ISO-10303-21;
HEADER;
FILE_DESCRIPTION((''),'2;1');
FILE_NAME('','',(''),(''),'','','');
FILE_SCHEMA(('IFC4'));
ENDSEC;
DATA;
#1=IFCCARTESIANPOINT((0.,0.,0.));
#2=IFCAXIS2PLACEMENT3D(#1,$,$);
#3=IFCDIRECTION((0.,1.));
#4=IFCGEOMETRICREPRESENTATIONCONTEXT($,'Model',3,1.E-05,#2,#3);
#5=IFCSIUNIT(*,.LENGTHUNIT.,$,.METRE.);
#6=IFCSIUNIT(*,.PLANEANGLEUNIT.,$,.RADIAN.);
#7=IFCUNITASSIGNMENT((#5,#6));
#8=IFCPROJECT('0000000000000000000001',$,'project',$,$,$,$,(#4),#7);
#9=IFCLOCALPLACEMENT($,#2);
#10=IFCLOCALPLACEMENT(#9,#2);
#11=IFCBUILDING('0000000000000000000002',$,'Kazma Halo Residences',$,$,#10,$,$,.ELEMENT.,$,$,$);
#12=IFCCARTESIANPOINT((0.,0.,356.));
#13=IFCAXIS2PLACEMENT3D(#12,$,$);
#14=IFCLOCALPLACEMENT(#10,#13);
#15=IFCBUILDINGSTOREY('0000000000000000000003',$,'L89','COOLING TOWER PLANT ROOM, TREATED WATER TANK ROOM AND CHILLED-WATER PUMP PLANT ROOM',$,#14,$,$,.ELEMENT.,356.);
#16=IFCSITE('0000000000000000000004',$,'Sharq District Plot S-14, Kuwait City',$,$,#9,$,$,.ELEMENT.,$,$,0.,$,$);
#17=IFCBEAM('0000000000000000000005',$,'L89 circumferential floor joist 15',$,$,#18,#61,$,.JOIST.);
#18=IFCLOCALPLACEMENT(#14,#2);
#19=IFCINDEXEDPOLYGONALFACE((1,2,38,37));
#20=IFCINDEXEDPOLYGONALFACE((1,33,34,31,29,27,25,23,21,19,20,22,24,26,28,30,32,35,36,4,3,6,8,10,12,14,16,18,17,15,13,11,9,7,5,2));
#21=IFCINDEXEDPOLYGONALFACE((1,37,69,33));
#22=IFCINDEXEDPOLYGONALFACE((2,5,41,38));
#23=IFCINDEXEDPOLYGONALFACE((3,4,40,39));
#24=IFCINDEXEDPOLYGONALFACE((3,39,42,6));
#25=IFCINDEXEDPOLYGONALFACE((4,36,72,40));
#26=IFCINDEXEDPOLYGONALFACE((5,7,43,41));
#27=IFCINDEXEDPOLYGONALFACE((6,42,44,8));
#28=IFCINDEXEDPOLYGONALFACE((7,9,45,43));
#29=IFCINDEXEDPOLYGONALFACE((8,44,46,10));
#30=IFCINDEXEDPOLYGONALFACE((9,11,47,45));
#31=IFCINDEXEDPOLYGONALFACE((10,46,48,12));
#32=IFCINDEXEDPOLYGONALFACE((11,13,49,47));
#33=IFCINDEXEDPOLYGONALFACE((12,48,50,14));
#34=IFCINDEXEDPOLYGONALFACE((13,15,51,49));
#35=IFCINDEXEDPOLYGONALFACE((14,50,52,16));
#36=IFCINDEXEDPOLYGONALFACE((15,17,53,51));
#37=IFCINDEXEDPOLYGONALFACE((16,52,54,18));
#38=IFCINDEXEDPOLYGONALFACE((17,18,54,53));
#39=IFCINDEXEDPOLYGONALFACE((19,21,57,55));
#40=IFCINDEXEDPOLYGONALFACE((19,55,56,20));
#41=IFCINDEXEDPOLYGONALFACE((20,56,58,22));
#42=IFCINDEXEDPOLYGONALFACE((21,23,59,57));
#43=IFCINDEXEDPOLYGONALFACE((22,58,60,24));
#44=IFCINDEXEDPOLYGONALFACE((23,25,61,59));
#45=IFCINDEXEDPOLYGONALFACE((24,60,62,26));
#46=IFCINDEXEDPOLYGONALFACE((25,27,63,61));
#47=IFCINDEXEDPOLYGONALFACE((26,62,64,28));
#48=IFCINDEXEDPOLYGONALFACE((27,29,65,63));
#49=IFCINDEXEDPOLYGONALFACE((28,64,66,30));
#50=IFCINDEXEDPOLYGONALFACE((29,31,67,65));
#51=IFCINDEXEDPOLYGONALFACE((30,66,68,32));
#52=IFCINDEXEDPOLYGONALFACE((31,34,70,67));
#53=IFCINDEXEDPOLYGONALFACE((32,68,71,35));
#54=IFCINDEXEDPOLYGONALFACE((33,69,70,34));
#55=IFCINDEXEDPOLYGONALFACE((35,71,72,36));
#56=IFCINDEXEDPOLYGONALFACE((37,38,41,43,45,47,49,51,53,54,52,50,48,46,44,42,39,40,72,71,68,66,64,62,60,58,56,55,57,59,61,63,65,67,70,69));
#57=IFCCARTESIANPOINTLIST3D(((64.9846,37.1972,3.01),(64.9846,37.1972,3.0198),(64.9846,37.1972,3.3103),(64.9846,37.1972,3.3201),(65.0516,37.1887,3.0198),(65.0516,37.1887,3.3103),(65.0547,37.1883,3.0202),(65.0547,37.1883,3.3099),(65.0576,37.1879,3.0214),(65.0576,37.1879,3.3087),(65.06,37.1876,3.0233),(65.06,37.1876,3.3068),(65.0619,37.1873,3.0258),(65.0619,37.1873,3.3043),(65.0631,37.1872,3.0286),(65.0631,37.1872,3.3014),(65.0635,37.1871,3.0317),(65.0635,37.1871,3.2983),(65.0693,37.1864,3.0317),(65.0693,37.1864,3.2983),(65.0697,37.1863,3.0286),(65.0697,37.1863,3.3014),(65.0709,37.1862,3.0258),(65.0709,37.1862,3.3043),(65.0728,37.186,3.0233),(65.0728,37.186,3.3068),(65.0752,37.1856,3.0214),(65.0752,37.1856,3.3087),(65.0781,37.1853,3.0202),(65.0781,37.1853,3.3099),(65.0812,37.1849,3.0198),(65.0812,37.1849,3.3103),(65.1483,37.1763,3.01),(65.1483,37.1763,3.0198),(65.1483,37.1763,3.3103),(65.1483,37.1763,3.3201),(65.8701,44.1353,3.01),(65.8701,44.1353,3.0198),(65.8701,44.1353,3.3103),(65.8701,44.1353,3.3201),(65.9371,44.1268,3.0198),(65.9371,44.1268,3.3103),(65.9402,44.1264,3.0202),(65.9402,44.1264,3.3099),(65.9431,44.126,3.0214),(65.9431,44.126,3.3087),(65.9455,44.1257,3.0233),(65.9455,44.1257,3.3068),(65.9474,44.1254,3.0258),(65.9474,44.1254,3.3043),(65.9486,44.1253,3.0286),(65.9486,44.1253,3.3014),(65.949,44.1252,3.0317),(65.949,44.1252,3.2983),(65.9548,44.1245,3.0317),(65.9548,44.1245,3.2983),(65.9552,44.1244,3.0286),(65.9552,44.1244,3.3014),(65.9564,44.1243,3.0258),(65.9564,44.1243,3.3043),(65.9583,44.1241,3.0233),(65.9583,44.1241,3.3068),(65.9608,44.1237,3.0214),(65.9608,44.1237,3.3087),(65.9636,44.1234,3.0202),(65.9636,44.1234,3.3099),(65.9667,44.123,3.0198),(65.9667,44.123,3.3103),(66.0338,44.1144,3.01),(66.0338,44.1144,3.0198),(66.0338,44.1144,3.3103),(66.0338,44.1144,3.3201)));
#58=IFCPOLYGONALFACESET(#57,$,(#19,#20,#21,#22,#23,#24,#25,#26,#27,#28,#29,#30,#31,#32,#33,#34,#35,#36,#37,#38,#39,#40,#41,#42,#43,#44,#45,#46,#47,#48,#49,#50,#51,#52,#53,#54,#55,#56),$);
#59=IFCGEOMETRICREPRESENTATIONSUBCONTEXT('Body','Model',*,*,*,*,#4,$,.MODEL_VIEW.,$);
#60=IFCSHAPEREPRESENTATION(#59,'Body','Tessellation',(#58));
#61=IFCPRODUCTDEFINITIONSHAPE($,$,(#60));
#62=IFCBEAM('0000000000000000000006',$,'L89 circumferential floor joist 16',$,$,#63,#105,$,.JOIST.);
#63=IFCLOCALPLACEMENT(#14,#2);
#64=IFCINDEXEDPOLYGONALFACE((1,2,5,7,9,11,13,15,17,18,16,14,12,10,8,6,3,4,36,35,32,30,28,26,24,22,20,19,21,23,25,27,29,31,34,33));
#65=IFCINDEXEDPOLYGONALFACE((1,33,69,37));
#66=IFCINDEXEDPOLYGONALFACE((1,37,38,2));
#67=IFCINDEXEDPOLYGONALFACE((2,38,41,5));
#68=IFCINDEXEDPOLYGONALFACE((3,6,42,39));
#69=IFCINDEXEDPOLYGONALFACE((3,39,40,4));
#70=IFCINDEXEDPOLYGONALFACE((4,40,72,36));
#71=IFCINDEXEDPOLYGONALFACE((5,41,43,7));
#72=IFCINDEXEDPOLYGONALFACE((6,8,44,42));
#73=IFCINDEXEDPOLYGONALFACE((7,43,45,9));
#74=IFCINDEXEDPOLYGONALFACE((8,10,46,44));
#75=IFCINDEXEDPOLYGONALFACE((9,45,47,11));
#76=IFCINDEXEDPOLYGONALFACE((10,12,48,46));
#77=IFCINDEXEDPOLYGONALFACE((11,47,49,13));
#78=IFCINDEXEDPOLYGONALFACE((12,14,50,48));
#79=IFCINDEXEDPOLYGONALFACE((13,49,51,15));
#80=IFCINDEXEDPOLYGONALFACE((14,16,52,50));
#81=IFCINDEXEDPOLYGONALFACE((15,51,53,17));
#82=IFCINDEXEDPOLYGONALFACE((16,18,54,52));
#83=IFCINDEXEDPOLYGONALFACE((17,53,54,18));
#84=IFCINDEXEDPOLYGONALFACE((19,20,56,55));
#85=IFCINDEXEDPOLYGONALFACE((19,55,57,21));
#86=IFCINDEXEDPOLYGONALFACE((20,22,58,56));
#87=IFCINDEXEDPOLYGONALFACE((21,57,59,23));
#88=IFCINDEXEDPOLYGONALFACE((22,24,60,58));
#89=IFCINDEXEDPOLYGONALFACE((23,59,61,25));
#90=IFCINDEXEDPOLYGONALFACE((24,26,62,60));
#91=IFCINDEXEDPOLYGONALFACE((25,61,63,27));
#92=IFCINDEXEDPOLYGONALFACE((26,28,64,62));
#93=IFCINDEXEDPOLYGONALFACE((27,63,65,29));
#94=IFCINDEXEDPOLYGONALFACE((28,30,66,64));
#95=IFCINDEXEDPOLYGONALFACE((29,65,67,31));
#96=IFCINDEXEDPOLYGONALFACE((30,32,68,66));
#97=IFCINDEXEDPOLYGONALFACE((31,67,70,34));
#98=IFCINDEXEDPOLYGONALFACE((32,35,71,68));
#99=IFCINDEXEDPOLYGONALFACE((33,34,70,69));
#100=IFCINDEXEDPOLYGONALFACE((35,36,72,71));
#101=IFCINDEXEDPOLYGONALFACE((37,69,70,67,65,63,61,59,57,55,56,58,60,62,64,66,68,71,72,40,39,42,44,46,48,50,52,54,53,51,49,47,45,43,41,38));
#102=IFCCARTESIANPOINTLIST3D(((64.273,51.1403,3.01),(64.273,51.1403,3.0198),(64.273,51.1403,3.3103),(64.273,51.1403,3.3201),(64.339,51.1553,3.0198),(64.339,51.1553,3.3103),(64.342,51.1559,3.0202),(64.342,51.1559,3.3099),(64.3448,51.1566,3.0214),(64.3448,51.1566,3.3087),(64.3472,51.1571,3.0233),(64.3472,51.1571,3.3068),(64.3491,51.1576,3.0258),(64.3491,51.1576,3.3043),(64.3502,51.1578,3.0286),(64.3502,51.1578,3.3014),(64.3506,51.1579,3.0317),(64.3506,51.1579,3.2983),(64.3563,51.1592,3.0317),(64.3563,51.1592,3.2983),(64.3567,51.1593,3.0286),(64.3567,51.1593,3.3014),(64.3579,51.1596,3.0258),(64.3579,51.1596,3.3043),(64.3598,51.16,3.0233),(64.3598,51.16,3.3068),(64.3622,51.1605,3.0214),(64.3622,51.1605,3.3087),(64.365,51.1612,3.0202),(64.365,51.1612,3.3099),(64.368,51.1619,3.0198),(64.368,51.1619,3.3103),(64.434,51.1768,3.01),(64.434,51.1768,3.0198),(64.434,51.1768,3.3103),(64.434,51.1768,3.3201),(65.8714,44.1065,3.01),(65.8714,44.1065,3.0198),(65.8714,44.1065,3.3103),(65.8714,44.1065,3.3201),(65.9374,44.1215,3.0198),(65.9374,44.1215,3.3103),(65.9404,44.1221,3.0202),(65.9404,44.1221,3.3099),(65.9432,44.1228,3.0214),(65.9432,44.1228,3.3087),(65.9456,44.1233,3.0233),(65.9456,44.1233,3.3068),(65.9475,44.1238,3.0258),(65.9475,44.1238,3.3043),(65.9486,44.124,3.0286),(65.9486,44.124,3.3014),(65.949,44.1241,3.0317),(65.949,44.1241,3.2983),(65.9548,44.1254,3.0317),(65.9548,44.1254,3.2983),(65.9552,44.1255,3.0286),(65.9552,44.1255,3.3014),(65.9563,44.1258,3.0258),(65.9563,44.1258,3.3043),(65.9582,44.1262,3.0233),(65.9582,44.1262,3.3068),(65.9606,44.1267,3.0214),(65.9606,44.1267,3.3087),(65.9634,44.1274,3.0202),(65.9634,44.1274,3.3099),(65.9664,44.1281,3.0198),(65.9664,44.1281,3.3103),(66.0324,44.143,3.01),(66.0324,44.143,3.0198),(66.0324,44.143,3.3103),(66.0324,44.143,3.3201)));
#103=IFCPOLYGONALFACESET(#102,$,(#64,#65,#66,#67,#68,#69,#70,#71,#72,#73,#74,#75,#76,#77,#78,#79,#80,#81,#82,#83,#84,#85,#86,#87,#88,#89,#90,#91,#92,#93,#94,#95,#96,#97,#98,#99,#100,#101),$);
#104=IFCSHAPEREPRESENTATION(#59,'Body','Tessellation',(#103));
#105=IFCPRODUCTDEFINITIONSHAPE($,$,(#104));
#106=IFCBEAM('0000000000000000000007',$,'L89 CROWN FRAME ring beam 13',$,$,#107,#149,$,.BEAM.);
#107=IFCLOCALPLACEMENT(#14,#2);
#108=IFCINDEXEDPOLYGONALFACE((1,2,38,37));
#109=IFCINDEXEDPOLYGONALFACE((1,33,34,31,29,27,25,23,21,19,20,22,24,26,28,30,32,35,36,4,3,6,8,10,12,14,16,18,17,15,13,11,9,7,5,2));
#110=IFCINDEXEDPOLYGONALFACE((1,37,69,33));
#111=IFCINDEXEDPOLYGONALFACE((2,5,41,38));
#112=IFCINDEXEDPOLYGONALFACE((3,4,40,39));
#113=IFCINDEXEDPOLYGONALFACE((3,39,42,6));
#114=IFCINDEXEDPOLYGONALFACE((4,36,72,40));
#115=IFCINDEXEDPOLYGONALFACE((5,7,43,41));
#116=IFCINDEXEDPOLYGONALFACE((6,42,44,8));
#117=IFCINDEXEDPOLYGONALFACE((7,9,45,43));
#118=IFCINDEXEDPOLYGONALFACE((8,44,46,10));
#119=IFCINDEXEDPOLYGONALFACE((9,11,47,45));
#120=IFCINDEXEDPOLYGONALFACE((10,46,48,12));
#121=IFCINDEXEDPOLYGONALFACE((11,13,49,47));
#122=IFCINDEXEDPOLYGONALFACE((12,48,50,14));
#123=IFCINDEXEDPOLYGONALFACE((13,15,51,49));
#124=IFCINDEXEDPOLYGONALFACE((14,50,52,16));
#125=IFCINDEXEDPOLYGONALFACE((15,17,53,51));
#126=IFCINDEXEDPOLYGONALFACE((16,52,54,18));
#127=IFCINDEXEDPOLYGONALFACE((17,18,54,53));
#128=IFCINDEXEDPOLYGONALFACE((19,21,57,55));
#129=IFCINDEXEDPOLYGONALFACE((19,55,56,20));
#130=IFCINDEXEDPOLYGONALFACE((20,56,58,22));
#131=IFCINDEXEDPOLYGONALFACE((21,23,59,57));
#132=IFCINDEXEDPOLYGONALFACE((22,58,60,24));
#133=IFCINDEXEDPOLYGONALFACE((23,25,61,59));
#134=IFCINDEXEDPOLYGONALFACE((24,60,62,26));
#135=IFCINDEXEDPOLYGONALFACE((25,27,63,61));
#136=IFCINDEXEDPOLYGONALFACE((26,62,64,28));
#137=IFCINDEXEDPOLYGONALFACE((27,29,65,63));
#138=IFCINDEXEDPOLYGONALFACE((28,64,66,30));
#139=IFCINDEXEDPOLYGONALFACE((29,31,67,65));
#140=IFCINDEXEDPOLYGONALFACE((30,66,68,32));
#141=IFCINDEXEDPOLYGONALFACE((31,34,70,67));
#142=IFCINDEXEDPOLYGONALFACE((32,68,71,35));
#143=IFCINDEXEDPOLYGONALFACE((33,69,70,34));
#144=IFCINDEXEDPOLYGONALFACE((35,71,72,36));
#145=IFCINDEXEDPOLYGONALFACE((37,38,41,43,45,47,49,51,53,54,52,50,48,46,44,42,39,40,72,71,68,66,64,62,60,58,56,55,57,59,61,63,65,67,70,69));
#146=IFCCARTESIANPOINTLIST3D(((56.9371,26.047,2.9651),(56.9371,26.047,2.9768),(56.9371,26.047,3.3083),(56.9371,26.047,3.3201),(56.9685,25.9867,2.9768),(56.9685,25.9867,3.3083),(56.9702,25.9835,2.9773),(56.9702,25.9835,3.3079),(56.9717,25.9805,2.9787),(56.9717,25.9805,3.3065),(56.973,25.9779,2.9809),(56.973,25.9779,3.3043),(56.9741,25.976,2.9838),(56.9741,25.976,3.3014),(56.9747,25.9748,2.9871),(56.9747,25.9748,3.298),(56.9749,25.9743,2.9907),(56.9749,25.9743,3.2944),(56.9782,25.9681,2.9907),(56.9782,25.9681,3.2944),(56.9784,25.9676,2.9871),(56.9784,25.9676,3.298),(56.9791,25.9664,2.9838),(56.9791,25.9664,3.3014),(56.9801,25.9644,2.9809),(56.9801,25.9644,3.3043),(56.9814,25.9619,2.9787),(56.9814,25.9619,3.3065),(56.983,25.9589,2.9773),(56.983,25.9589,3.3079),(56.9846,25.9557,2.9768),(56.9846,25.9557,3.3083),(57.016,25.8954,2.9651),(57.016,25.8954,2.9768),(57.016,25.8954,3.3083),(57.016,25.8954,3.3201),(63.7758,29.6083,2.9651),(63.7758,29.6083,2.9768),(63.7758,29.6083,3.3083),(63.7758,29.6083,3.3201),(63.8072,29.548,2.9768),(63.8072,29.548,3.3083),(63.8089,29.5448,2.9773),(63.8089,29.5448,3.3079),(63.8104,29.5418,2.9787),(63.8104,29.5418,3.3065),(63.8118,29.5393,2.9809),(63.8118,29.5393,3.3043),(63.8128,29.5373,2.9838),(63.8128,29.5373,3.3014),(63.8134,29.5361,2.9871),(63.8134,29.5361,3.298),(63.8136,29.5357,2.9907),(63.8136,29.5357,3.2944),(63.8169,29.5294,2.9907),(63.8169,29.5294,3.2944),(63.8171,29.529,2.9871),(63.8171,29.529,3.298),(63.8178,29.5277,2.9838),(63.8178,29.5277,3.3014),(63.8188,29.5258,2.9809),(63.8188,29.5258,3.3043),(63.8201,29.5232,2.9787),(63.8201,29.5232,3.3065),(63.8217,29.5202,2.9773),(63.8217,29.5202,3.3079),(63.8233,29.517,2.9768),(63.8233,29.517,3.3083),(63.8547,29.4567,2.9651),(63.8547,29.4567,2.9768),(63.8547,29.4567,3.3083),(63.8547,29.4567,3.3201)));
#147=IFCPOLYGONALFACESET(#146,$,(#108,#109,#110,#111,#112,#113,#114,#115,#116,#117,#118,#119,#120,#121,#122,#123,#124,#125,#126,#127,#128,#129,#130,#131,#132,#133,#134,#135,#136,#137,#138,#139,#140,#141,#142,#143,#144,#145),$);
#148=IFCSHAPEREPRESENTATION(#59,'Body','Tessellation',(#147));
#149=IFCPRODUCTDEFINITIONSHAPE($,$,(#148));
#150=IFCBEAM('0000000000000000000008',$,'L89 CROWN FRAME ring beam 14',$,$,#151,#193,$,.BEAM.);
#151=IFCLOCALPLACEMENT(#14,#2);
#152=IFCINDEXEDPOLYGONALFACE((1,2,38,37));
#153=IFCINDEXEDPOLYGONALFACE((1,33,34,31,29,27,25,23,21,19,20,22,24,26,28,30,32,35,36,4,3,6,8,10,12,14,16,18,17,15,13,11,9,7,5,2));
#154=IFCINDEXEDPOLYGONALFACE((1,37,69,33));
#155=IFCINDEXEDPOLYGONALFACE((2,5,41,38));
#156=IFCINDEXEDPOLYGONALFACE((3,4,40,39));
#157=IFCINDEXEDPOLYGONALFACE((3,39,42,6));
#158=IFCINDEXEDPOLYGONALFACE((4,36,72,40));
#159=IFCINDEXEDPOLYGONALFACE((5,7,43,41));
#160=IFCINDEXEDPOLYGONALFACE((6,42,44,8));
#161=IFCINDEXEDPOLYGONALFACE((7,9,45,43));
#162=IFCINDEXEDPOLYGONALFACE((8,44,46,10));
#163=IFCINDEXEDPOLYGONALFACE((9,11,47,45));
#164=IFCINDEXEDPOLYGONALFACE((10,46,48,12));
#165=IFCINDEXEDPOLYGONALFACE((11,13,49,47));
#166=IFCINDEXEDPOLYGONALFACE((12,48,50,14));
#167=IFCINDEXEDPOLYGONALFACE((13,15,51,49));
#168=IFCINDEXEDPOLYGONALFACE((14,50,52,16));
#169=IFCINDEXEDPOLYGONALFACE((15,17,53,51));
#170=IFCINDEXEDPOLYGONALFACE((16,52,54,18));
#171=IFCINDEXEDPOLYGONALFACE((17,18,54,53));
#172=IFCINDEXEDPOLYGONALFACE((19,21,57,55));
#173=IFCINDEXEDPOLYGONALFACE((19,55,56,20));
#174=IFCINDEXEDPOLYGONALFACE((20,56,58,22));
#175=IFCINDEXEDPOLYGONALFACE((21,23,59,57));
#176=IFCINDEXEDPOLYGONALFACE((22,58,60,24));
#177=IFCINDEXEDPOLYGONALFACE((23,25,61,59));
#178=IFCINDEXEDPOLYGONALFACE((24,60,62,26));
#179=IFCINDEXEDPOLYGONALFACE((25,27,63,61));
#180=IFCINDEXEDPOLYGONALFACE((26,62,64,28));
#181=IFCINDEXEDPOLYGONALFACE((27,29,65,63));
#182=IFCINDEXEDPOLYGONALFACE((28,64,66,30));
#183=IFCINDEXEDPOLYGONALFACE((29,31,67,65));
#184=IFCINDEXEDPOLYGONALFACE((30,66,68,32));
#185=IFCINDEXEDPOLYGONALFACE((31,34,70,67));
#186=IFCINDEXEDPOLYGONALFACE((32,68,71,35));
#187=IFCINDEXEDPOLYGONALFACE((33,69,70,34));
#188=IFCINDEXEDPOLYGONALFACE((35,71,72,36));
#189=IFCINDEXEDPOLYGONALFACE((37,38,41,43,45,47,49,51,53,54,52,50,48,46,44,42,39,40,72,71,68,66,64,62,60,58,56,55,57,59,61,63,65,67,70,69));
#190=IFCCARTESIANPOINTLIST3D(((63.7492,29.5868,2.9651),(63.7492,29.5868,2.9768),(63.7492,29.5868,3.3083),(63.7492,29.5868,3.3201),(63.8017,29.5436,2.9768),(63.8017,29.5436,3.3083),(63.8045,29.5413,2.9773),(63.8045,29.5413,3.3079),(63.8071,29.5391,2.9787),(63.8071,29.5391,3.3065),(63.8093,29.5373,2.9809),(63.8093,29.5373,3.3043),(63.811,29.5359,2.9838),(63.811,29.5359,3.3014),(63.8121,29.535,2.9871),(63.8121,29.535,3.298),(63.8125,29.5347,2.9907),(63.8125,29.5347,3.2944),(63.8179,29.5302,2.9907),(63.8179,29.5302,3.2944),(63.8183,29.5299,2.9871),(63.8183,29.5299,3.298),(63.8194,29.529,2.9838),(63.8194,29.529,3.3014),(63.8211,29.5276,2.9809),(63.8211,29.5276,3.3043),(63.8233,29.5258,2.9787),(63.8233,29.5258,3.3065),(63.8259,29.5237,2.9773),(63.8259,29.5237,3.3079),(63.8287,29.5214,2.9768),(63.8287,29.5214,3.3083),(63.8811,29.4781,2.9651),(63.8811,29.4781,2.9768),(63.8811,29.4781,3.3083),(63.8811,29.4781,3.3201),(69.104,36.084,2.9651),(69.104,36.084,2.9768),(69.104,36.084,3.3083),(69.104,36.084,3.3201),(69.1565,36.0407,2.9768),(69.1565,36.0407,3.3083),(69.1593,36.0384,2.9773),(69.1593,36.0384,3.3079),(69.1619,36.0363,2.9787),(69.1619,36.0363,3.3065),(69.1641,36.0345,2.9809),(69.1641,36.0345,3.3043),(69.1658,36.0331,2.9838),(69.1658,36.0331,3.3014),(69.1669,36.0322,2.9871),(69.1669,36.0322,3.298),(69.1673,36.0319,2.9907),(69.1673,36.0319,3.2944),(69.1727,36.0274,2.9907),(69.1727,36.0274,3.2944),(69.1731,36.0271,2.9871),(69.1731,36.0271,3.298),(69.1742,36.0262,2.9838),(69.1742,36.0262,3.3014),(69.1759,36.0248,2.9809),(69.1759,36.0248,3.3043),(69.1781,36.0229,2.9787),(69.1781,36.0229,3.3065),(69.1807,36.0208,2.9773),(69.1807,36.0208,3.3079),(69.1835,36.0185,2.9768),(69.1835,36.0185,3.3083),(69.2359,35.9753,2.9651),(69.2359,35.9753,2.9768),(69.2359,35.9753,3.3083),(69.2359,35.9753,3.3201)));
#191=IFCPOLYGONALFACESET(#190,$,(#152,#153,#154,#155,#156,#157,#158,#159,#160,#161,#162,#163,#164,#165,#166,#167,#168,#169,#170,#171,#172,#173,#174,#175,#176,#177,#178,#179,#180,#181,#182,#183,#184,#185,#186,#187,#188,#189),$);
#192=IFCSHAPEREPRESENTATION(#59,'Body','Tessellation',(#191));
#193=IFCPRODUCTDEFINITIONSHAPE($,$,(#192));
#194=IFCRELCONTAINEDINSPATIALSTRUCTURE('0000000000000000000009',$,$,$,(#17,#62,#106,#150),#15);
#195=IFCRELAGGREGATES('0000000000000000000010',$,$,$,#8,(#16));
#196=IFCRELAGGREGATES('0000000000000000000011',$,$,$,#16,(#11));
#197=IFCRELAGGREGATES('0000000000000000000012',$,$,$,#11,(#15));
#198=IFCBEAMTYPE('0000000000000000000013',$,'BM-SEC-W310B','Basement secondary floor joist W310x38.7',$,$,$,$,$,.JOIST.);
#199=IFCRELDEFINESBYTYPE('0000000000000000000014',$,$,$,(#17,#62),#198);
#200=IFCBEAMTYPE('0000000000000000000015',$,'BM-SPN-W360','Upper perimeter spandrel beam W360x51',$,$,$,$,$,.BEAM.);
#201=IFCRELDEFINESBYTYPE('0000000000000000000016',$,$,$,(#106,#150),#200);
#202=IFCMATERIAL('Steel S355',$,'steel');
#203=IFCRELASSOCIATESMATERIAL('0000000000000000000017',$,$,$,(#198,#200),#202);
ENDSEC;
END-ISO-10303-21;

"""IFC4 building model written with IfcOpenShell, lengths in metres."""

from ifc_helpers import new_model, si_unit, direction, frame, origin, origin_2d, place, context, subcontext, project, spatial, i_section, extrude, material, material_profile, profile_set, type_object, element, save


model = new_model("IFC4")

# Units and contexts
model_context = context("Model", 3, precision=1e-05, world=origin(), true_north=direction((0.0, 1.0)))
body_context = subcontext(model_context, "Body", "Model", "MODEL_VIEW")
ifc_project = project(units=[si_unit("LENGTHUNIT", "METRE"), si_unit("PLANEANGLEUNIT", "RADIAN")], contexts=[model_context])

# Site, building, storey
site_placement = place(None, origin())
site = spatial("IfcSite", under=ifc_project, at=site_placement, Name="Sharq District Plot S-14, Kuwait City", CompositionType="ELEMENT", RefElevation=0.0)
building_placement = place(site_placement, origin())
building = spatial("IfcBuilding", under=site, at=building_placement, Name="Kazma Halo Residences", CompositionType="ELEMENT")
storey_placement = place(building_placement, frame((0.0, 0.0, 356.0)))
storey = spatial("IfcBuildingStorey", under=building, at=storey_placement, Name="L89", Description="COOLING TOWER PLANT ROOM, TREATED WATER TANK ROOM AND CHILLED-WATER PUMP PLANT ROOM", CompositionType="ELEMENT", Elevation=356.0)

# Shared definitions
ifc_material_1 = material(Name="Steel S355", Category="steel")

# Beams
ifc_material_profile_1 = material_profile(ifc_material_1, i_section(OverallWidth=0.165, OverallDepth=0.3101, WebThickness=0.0059, FlangeThickness=0.0098, FilletRadius=0.012, at=origin_2d()), Name="W310x38.7")
ifc_profile_set_1 = profile_set([ifc_material_profile_1], Name="Steel S355")
beam_type_1 = type_object("IfcBeamType", Name="BM-SEC-W310B", Description="Basement secondary floor joist W310x38.7", PredefinedType="JOIST", material=ifc_profile_set_1)
beam_1_placement = place(storey_placement, frame((65.0664, 37.1868, 3.165), z_axis=(0.126603, 0.991953, 0.0), x_axis=(-0.991953, 0.126603, 0.0)))
element("IfcBeam", 1, at=beam_1_placement, inside=storey, type_object=beam_type_1, Name="L89 circumferential floor joist 15", PredefinedType="JOIST", context=body_context, shape_type="SweptSolid", body=[
    extrude(i_section(OverallWidth=0.165, OverallDepth=0.3101, WebThickness=0.0059, FlangeThickness=0.0098, FilletRadius=0.012, at=origin_2d()), origin(), (0.0, 0.0, 1.0), 6.9944),
])
beam_2_placement = place(storey_placement, frame((65.9519, 44.1248, 3.165), z_axis=(-0.221598, 0.975138, 0.0), x_axis=(-0.975138, -0.221598, 0.0)))
element("IfcBeam", 2, at=beam_2_placement, inside=storey, type_object=beam_type_1, Name="L89 circumferential floor joist 16", PredefinedType="JOIST", context=body_context, shape_type="SweptSolid", body=[
    extrude(i_section(OverallWidth=0.165, OverallDepth=0.3101, WebThickness=0.0059, FlangeThickness=0.0098, FilletRadius=0.012, at=origin_2d()), origin(), (0.0, 0.0, 1.0), 7.2131),
])
ifc_material_profile_2 = material_profile(ifc_material_1, i_section(OverallWidth=0.1709, OverallDepth=0.355, WebThickness=0.0071, FlangeThickness=0.0117, FilletRadius=0.0139, at=origin_2d()), Name="W360x51")
ifc_profile_set_2 = profile_set([ifc_material_profile_2], Name="Steel S355")
beam_type_2 = type_object("IfcBeamType", Name="BM-SPN-W360", Description="Upper perimeter spandrel beam W360x51", PredefinedType="BEAM", material=ifc_profile_set_2)
beam_3_placement = place(storey_placement, frame((56.9766, 25.9712, 3.1426), z_axis=(0.886941, 0.461883, 0.0), x_axis=(-0.461883, 0.886941, 0.0)))
element("IfcBeam", 3, at=beam_3_placement, inside=storey, type_object=beam_type_2, Name="L89 CROWN FRAME ring beam 13", PredefinedType="BEAM", context=body_context, shape_type="SweptSolid", body=[
    extrude(i_section(OverallWidth=0.1709, OverallDepth=0.355, WebThickness=0.0071, FlangeThickness=0.0117, FilletRadius=0.0139, at=origin_2d()), origin(), (0.0, 0.0, 1.0), 7.7104),
])
beam_4_placement = place(storey_placement, frame((63.8152, 29.5325, 3.1426), z_axis=(0.636005, 0.771685, 0.0), x_axis=(-0.771685, 0.636005, 0.0)))
element("IfcBeam", 4, at=beam_4_placement, inside=storey, type_object=beam_type_2, Name="L89 CROWN FRAME ring beam 14", PredefinedType="BEAM", context=body_context, shape_type="SweptSolid", body=[
    extrude(i_section(OverallWidth=0.1709, OverallDepth=0.355, WebThickness=0.0071, FlangeThickness=0.0117, FilletRadius=0.0139, at=origin_2d()), origin(), (0.0, 0.0, 1.0), 8.4194),
])

save(model, "model.ifc")
